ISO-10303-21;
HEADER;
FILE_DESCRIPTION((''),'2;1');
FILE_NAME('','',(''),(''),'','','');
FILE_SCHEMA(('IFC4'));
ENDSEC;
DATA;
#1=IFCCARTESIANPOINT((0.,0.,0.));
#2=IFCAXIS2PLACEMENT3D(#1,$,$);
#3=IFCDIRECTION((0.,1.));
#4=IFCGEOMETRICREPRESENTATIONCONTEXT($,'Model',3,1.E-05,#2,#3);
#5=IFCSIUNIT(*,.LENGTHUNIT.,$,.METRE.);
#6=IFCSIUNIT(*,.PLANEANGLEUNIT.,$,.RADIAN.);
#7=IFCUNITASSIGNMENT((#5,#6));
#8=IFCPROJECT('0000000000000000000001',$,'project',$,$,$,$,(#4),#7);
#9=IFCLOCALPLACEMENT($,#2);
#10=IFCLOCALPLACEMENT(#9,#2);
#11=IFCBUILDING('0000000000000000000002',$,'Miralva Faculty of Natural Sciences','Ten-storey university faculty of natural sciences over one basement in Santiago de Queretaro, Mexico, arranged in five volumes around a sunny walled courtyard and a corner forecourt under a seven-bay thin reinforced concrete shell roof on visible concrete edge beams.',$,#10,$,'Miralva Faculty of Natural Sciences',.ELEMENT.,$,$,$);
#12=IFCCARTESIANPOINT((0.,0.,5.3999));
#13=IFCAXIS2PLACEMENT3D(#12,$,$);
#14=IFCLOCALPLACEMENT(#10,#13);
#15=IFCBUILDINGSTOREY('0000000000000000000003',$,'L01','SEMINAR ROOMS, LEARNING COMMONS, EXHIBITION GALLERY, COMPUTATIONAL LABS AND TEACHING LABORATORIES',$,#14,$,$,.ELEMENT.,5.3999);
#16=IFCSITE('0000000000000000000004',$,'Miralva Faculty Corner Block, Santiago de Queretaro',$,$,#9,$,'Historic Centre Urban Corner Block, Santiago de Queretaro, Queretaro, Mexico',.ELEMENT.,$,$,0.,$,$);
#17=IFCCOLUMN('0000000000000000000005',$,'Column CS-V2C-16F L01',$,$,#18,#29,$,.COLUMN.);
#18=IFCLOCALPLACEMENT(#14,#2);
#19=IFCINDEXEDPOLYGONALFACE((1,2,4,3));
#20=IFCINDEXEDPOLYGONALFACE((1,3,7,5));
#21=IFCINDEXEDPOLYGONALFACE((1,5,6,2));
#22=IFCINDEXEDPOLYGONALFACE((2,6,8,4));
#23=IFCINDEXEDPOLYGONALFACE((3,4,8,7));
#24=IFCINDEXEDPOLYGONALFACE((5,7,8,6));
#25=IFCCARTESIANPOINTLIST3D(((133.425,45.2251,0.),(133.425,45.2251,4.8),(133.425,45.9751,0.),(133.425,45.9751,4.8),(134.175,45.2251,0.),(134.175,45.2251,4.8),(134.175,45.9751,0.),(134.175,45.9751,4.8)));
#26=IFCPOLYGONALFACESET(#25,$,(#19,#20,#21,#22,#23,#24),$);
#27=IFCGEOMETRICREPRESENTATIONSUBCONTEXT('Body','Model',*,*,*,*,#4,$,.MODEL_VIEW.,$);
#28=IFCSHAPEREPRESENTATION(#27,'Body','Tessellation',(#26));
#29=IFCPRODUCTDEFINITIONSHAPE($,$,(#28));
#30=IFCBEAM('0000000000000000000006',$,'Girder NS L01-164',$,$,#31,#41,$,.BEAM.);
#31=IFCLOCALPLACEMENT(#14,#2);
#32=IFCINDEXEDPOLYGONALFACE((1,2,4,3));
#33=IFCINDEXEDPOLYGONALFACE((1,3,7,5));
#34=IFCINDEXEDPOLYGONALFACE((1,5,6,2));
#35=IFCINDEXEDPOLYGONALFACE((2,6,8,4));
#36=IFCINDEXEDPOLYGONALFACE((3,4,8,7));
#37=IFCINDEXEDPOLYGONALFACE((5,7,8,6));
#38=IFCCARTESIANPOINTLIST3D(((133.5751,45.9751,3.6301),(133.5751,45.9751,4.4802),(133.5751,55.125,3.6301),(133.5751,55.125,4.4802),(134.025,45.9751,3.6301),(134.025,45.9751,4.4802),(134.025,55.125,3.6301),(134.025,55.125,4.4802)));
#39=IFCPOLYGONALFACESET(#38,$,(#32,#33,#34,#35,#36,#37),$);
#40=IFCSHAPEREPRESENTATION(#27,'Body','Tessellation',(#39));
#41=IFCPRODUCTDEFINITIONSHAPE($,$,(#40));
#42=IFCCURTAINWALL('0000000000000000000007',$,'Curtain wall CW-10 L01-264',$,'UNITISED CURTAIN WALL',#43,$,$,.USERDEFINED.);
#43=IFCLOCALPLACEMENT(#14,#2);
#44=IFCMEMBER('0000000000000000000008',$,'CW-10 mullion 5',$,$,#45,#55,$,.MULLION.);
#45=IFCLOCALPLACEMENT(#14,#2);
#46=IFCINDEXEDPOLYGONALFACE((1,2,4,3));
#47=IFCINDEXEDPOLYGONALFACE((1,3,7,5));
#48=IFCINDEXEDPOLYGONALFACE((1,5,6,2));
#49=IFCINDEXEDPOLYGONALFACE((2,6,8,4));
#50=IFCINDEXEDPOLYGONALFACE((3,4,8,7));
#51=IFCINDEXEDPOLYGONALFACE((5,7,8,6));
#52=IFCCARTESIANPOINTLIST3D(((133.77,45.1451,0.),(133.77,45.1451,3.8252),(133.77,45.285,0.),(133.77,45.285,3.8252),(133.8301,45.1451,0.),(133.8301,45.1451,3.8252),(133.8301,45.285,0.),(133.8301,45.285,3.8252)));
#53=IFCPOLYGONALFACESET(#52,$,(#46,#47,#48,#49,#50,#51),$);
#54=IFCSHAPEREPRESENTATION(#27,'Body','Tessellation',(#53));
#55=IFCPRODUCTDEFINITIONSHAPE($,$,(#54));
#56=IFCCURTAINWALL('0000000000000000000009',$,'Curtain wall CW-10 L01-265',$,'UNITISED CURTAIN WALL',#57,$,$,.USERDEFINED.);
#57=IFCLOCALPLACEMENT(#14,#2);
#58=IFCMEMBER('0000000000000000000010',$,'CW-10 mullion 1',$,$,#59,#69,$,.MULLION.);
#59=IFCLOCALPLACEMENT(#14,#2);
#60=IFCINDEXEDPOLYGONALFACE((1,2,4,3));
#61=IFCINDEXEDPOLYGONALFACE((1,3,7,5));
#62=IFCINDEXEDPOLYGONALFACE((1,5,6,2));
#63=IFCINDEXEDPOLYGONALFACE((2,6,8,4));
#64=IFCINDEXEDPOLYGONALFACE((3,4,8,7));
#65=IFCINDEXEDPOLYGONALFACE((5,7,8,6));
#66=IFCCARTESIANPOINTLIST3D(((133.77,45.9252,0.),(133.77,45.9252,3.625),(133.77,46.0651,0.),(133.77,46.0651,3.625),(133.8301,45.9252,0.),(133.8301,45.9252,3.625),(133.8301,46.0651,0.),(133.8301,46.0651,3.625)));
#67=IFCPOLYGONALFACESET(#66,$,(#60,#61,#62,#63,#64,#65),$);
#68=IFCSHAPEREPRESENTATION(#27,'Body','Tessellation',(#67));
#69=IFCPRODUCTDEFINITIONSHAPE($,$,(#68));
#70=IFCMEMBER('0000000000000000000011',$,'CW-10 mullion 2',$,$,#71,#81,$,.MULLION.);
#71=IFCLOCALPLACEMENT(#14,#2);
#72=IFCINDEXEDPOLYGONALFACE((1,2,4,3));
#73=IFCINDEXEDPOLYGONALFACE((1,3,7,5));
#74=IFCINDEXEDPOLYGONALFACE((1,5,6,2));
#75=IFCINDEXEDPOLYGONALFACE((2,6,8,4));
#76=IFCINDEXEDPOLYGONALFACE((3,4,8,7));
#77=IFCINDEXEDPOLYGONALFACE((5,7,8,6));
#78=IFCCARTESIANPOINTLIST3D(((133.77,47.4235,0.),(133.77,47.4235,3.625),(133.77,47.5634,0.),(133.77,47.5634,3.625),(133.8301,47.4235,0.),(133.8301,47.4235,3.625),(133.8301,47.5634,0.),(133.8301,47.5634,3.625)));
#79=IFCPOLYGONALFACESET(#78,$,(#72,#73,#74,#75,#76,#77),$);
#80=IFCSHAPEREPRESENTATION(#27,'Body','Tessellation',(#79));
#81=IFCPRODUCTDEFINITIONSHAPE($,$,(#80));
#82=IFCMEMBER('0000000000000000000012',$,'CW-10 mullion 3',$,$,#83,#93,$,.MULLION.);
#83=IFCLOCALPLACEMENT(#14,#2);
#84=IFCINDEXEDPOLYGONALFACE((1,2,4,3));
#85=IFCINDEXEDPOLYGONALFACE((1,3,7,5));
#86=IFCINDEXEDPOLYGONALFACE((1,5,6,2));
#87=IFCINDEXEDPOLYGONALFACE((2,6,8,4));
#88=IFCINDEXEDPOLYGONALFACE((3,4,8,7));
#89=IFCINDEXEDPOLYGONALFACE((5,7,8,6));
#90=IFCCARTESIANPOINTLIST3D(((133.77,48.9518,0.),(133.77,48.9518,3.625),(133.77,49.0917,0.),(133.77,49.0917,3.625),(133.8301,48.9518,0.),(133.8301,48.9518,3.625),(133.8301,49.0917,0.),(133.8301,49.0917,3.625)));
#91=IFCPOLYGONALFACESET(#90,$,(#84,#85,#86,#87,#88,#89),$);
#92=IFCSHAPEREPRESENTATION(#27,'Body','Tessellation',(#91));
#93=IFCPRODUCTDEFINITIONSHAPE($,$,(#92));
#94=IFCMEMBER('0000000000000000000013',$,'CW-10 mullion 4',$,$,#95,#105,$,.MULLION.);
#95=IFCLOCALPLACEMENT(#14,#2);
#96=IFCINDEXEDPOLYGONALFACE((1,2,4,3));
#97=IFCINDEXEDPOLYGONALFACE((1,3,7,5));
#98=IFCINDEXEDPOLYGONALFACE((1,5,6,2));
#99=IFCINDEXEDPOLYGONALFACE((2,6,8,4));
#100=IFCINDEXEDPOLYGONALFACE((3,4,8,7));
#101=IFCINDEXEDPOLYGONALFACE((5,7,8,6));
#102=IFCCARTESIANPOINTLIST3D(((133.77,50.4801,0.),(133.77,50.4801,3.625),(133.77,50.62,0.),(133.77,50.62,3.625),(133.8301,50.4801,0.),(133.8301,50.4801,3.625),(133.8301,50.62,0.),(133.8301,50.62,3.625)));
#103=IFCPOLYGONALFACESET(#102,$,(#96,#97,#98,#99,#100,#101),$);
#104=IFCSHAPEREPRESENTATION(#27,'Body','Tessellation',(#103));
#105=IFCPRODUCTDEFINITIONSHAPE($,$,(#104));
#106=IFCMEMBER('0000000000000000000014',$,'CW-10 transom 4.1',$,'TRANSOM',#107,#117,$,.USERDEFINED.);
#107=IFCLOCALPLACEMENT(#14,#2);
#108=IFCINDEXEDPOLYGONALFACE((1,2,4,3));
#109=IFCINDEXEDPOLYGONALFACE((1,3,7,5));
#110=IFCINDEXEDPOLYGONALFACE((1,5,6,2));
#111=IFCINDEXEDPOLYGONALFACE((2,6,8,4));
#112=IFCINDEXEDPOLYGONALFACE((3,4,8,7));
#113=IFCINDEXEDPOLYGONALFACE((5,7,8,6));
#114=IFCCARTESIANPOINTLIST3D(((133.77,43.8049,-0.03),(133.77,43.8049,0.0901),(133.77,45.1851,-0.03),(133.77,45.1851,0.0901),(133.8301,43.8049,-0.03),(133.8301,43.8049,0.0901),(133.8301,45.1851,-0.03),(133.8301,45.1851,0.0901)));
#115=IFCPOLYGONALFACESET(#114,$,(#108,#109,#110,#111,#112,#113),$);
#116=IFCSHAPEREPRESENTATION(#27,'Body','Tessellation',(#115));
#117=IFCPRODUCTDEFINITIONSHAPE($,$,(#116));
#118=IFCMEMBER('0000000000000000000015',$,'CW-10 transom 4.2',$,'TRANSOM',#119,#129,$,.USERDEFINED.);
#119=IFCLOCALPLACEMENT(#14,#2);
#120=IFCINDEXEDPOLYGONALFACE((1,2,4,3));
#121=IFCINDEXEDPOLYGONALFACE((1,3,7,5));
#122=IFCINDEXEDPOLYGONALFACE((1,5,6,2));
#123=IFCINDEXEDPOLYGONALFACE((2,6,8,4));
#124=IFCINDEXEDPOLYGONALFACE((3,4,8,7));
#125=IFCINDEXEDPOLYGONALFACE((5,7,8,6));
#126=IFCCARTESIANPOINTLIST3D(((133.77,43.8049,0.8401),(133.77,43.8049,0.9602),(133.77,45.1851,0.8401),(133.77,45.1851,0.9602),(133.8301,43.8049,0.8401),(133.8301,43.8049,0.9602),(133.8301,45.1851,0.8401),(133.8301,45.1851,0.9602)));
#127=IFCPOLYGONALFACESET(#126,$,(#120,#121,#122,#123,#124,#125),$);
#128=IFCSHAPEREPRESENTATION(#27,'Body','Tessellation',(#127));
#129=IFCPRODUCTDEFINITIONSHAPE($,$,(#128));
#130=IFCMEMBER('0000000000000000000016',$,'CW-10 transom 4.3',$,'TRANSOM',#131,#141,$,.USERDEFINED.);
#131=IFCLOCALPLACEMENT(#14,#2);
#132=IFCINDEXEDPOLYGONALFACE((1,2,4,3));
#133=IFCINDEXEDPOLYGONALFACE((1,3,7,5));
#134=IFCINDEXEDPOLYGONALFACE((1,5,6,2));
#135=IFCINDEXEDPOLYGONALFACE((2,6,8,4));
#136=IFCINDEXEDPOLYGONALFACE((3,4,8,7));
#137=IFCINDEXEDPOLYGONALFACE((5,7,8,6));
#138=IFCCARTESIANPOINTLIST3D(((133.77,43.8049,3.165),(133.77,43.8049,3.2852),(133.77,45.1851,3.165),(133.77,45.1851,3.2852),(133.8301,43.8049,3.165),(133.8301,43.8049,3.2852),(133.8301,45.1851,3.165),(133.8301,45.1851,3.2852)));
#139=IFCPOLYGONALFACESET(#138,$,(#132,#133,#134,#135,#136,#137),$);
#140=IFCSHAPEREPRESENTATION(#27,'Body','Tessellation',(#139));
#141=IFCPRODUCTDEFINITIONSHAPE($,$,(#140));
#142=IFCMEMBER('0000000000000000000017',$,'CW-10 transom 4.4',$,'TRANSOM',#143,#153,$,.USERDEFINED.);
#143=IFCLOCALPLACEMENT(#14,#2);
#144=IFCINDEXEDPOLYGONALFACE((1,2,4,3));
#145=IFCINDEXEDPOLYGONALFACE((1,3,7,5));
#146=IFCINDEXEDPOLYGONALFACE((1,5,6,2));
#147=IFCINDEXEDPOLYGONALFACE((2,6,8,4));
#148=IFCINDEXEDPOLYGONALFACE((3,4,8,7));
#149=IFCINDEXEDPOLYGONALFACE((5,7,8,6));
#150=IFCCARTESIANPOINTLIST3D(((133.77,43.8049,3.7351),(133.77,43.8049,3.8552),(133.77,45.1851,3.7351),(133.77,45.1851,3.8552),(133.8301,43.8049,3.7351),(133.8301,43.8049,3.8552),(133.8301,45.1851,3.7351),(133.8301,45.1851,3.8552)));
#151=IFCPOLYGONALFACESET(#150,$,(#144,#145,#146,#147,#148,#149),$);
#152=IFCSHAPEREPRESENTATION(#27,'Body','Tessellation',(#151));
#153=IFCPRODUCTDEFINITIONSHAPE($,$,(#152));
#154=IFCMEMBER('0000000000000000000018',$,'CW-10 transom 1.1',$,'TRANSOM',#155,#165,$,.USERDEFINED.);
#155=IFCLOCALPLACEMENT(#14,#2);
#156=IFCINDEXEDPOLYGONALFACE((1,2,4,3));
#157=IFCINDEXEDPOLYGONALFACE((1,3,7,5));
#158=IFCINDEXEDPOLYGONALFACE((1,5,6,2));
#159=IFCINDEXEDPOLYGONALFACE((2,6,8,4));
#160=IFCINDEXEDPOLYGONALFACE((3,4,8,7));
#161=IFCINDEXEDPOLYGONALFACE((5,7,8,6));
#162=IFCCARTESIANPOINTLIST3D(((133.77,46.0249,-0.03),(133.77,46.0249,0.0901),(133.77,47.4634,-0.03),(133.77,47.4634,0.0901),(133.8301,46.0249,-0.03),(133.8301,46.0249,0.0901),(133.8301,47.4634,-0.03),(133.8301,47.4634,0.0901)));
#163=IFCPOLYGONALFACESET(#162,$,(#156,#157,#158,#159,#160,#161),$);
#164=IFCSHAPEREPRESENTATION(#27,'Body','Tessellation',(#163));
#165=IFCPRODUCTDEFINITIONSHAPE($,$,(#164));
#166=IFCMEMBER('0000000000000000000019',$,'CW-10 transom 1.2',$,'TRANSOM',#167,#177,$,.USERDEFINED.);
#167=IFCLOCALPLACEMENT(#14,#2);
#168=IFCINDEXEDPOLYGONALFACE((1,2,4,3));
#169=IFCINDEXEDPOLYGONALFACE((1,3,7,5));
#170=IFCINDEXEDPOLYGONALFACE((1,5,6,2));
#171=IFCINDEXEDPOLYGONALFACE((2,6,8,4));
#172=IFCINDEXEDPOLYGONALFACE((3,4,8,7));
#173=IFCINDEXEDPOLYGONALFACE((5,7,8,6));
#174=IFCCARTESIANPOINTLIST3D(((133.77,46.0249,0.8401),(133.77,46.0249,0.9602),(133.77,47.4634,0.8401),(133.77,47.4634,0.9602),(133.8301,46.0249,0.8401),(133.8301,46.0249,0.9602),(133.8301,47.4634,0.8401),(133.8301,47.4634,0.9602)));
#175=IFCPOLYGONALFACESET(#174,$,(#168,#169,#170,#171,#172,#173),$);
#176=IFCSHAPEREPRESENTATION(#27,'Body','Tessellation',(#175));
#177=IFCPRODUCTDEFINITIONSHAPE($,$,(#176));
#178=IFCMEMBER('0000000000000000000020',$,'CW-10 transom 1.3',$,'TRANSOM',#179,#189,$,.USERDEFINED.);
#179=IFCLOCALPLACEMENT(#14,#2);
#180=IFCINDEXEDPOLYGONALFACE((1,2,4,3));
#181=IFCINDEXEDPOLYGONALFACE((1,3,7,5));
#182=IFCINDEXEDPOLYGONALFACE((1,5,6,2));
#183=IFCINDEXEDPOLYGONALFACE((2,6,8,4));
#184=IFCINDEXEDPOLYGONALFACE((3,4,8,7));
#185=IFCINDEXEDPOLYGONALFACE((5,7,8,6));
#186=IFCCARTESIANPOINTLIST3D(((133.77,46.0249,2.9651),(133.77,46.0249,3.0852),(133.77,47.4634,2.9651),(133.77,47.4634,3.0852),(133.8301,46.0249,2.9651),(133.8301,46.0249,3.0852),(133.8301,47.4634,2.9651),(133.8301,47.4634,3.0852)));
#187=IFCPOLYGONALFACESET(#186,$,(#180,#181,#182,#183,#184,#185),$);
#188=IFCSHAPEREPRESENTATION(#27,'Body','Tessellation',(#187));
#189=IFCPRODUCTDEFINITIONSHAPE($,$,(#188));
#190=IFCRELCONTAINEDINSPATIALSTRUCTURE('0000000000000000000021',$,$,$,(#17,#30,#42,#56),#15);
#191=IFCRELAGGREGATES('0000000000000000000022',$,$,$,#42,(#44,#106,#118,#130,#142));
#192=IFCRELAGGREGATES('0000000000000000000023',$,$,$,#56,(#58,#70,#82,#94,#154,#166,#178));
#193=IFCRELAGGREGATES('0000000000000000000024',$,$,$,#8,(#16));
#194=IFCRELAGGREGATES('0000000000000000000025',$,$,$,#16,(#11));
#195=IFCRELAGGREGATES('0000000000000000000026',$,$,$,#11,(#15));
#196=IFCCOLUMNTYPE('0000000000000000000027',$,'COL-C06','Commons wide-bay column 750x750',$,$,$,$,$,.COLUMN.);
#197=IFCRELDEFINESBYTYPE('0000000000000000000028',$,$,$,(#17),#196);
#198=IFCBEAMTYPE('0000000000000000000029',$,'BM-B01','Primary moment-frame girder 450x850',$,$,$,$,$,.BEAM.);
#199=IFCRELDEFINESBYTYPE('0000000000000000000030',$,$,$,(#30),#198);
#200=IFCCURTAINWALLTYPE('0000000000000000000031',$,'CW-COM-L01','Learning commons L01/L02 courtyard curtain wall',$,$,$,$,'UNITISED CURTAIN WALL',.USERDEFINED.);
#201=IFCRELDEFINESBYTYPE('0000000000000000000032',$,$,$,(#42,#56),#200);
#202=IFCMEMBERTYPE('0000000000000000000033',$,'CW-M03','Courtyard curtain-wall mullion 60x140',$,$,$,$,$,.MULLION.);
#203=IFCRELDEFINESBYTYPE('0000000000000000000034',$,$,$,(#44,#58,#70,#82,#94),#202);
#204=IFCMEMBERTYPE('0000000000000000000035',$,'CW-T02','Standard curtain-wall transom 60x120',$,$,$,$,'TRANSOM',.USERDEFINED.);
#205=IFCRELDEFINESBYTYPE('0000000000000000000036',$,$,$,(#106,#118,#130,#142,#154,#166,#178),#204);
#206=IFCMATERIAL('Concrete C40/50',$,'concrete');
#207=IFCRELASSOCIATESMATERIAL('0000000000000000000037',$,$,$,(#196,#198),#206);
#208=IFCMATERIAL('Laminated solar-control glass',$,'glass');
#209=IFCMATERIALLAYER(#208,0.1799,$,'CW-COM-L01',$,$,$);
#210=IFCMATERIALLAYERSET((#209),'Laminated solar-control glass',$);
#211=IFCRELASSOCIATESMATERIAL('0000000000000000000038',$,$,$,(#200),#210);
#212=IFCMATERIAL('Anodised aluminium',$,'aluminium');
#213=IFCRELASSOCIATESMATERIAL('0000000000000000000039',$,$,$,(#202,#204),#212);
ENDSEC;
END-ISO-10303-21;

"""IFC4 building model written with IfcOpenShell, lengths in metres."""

from ifc_helpers import new_model, si_unit, direction, frame, origin, origin_2d, place, context, subcontext, project, spatial, rectangle, extrude, material, layer, layer_set, material_profile, profile_set, type_object, element, aggregate, save


model = new_model("IFC4")

# Units and contexts
model_context = context("Model", 3, precision=1e-05, world=origin(), true_north=direction((0.0, 1.0)))
body_context = subcontext(model_context, "Body", "Model", "MODEL_VIEW")
ifc_project = project(units=[si_unit("LENGTHUNIT", "METRE"), si_unit("PLANEANGLEUNIT", "RADIAN")], contexts=[model_context])

# Site, building, storey
site_placement = place(None, origin())
site = spatial("IfcSite", under=ifc_project, at=site_placement, Name="Miralva Faculty Corner Block, Santiago de Queretaro", LongName="Historic Centre Urban Corner Block, Santiago de Queretaro, Queretaro, Mexico", CompositionType="ELEMENT", RefElevation=0.0)
building_placement = place(site_placement, origin())
building = spatial("IfcBuilding", under=site, at=building_placement, Name="Miralva Faculty of Natural Sciences", Description="Ten-storey university faculty of natural sciences over one basement in Santiago de Queretaro, Mexico, arranged in five volumes around a sunny walled courtyard and a corner forecourt under a seven-bay thin reinforced concrete shell roof on visible concrete edge beams.", LongName="Miralva Faculty of Natural Sciences", CompositionType="ELEMENT")
storey_placement = place(building_placement, frame((0.0, 0.0, 5.3999)))
storey = spatial("IfcBuildingStorey", under=building, at=storey_placement, Name="L01", Description="SEMINAR ROOMS, LEARNING COMMONS, EXHIBITION GALLERY, COMPUTATIONAL LABS AND TEACHING LABORATORIES", CompositionType="ELEMENT", Elevation=5.3999)

# Column
ifc_material_1 = material(Name="Concrete C40/50", Category="concrete")
ifc_material_profile_1 = material_profile(ifc_material_1, rectangle(XDim=0.75, YDim=0.75, at=origin_2d()), Name="RC 750x750")
ifc_profile_set_1 = profile_set([ifc_material_profile_1], Name="Concrete C40/50")
column_type = type_object("IfcColumnType", Name="COL-C06", Description="Commons wide-bay column 750x750", PredefinedType="COLUMN", material=ifc_profile_set_1)
column_placement = place(storey_placement, frame((133.8, 45.6001, 0.0), z_axis=(0.0, 0.0, 1.0), x_axis=(1.0, 0.0, 0.0)))
element("IfcColumn", 1, at=column_placement, inside=storey, type_object=column_type, Name="Column CS-V2C-16F L01", PredefinedType="COLUMN", context=body_context, shape_type="SweptSolid", body=[
    extrude(rectangle(XDim=0.75, YDim=0.75, at=origin_2d()), origin(), (0.0, 0.0, 1.0), 4.8),
])

# Beam
ifc_material_profile_2 = material_profile(ifc_material_1, rectangle(XDim=0.45, YDim=0.8501, at=origin_2d()), Name="RC 450x850")
ifc_profile_set_2 = profile_set([ifc_material_profile_2], Name="Concrete C40/50")
beam_type = type_object("IfcBeamType", Name="BM-B01", Description="Primary moment-frame girder 450x850", PredefinedType="BEAM", material=ifc_profile_set_2)
beam_placement = place(storey_placement, frame((133.8, 45.9751, 4.0552), z_axis=(0.0, 1.0, 0.0), x_axis=(-1.0, 0.0, 0.0)))
element("IfcBeam", 2, at=beam_placement, inside=storey, type_object=beam_type, Name="Girder NS L01-164", PredefinedType="BEAM", context=body_context, shape_type="SweptSolid", body=[
    extrude(rectangle(XDim=0.45, YDim=0.8501, at=origin_2d()), origin(), (0.0, 0.0, 1.0), 9.1499),
])

# Curtain wall, member
ifc_material_2 = material(Name="Laminated solar-control glass", Category="glass")
ifc_layer_1 = layer(ifc_material_2, 0.1799, Name="CW-COM-L01")
ifc_layer_set_1 = layer_set([ifc_layer_1], Name="Laminated solar-control glass")
curtain_wall_type = type_object("IfcCurtainWallType", Name="CW-COM-L01", Description="Learning commons L01/L02 courtyard curtain wall", ElementType="UNITISED CURTAIN WALL", PredefinedType="USERDEFINED", material=ifc_layer_set_1)
curtain_wall_1_placement = place(storey_placement, origin())
curtain_wall_1 = element("IfcCurtainWall", 3, at=curtain_wall_1_placement, inside=storey, type_object=curtain_wall_type, Name="Curtain wall CW-10 L01-264", ObjectType="UNITISED CURTAIN WALL", PredefinedType="USERDEFINED")
ifc_material_3 = material(Name="Anodised aluminium", Category="aluminium")
ifc_material_profile_3 = material_profile(ifc_material_3, rectangle(XDim=0.0601, YDim=0.1399, at=origin_2d()), Name="MULLION 60x140")
ifc_profile_set_3 = profile_set([ifc_material_profile_3], Name="Anodised aluminium")
member_type_1 = type_object("IfcMemberType", Name="CW-M03", Description="Courtyard curtain-wall mullion 60x140", PredefinedType="MULLION", material=ifc_profile_set_3)
member_1_placement = place(storey_placement, frame((133.8, 45.2151, 0.0), z_axis=(0.0, 0.0, 1.0), x_axis=(-1.0, 0.0, 0.0)))
member_1 = element("IfcMember", 4, at=member_1_placement, type_object=member_type_1, Name="CW-10 mullion 5", PredefinedType="MULLION", context=body_context, shape_type="SweptSolid", body=[
    extrude(rectangle(XDim=0.0601, YDim=0.1399, at=origin_2d()), origin(), (0.0, 0.0, 1.0), 3.8252),
])

# Curtain wall, members
curtain_wall_2_placement = place(storey_placement, origin())
curtain_wall_2 = element("IfcCurtainWall", 5, at=curtain_wall_2_placement, inside=storey, type_object=curtain_wall_type, Name="Curtain wall CW-10 L01-265", ObjectType="UNITISED CURTAIN WALL", PredefinedType="USERDEFINED")
member_2_placement = place(storey_placement, frame((133.8, 45.9951, 0.0), z_axis=(0.0, 0.0, 1.0), x_axis=(-1.0, 0.0, 0.0)))
member_2 = element("IfcMember", 6, at=member_2_placement, type_object=member_type_1, Name="CW-10 mullion 1", PredefinedType="MULLION", context=body_context, shape_type="SweptSolid", body=[
    extrude(rectangle(XDim=0.0601, YDim=0.1399, at=origin_2d()), origin(), (0.0, 0.0, 1.0), 3.625),
])
member_3_placement = place(storey_placement, frame((133.8, 47.4934, 0.0), z_axis=(0.0, 0.0, 1.0), x_axis=(-1.0, 0.0, 0.0)))
member_3 = element("IfcMember", 7, at=member_3_placement, type_object=member_type_1, Name="CW-10 mullion 2", PredefinedType="MULLION", context=body_context, shape_type="SweptSolid", body=[
    extrude(rectangle(XDim=0.0601, YDim=0.1399, at=origin_2d()), origin(), (0.0, 0.0, 1.0), 3.625),
])
member_4_placement = place(storey_placement, frame((133.8, 49.0217, 0.0), z_axis=(0.0, 0.0, 1.0), x_axis=(-1.0, 0.0, 0.0)))
member_4 = element("IfcMember", 8, at=member_4_placement, type_object=member_type_1, Name="CW-10 mullion 3", PredefinedType="MULLION", context=body_context, shape_type="SweptSolid", body=[
    extrude(rectangle(XDim=0.0601, YDim=0.1399, at=origin_2d()), origin(), (0.0, 0.0, 1.0), 3.625),
])
member_5_placement = place(storey_placement, frame((133.8, 50.55, 0.0), z_axis=(0.0, 0.0, 1.0), x_axis=(-1.0, 0.0, 0.0)))
member_5 = element("IfcMember", 9, at=member_5_placement, type_object=member_type_1, Name="CW-10 mullion 4", PredefinedType="MULLION", context=body_context, shape_type="SweptSolid", body=[
    extrude(rectangle(XDim=0.0601, YDim=0.1399, at=origin_2d()), origin(), (0.0, 0.0, 1.0), 3.625),
])

# Members
ifc_material_profile_4 = material_profile(ifc_material_3, rectangle(XDim=0.0601, YDim=0.1201, at=origin_2d()), Name="TRANSOM 60x120")
ifc_profile_set_4 = profile_set([ifc_material_profile_4], Name="Anodised aluminium")
member_type_2 = type_object("IfcMemberType", Name="CW-T02", Description="Standard curtain-wall transom 60x120", ElementType="TRANSOM", PredefinedType="USERDEFINED", material=ifc_profile_set_4)
member_6_placement = place(storey_placement, frame((133.8, 43.8049, 0.03), z_axis=(0.0, 1.0, 0.0), x_axis=(-1.0, 0.0, 0.0)))
member_6 = element("IfcMember", 10, at=member_6_placement, type_object=member_type_2, Name="CW-10 transom 4.1", ObjectType="TRANSOM", PredefinedType="USERDEFINED", context=body_context, shape_type="SweptSolid", body=[
    extrude(rectangle(XDim=0.0601, YDim=0.1201, at=origin_2d()), origin(), (0.0, 0.0, 1.0), 1.3801),
])
member_7_placement = place(storey_placement, frame((133.8, 43.8049, 0.9001), z_axis=(0.0, 1.0, 0.0), x_axis=(-1.0, 0.0, 0.0)))
member_7 = element("IfcMember", 11, at=member_7_placement, type_object=member_type_2, Name="CW-10 transom 4.2", ObjectType="TRANSOM", PredefinedType="USERDEFINED", context=body_context, shape_type="SweptSolid", body=[
    extrude(rectangle(XDim=0.0601, YDim=0.1201, at=origin_2d()), origin(), (0.0, 0.0, 1.0), 1.3801),
])
member_8_placement = place(storey_placement, frame((133.8, 43.8049, 3.2251), z_axis=(0.0, 1.0, 0.0), x_axis=(-1.0, 0.0, 0.0)))
member_8 = element("IfcMember", 12, at=member_8_placement, type_object=member_type_2, Name="CW-10 transom 4.3", ObjectType="TRANSOM", PredefinedType="USERDEFINED", context=body_context, shape_type="SweptSolid", body=[
    extrude(rectangle(XDim=0.0601, YDim=0.1201, at=origin_2d()), origin(), (0.0, 0.0, 1.0), 1.3801),
])
member_9_placement = place(storey_placement, frame((133.8, 43.8049, 3.7952), z_axis=(0.0, 1.0, 0.0), x_axis=(-1.0, 0.0, 0.0)))
member_9 = element("IfcMember", 13, at=member_9_placement, type_object=member_type_2, Name="CW-10 transom 4.4", ObjectType="TRANSOM", PredefinedType="USERDEFINED", context=body_context, shape_type="SweptSolid", body=[
    extrude(rectangle(XDim=0.0601, YDim=0.1201, at=origin_2d()), origin(), (0.0, 0.0, 1.0), 1.3801),
])
member_10_placement = place(storey_placement, frame((133.8, 46.0249, 0.03), z_axis=(0.0, 1.0, 0.0), x_axis=(-1.0, 0.0, 0.0)))
member_10 = element("IfcMember", 14, at=member_10_placement, type_object=member_type_2, Name="CW-10 transom 1.1", ObjectType="TRANSOM", PredefinedType="USERDEFINED", context=body_context, shape_type="SweptSolid", body=[
    extrude(rectangle(XDim=0.0601, YDim=0.1201, at=origin_2d()), origin(), (0.0, 0.0, 1.0), 1.4385),
])
member_11_placement = place(storey_placement, frame((133.8, 46.0249, 0.9001), z_axis=(0.0, 1.0, 0.0), x_axis=(-1.0, 0.0, 0.0)))
member_11 = element("IfcMember", 15, at=member_11_placement, type_object=member_type_2, Name="CW-10 transom 1.2", ObjectType="TRANSOM", PredefinedType="USERDEFINED", context=body_context, shape_type="SweptSolid", body=[
    extrude(rectangle(XDim=0.0601, YDim=0.1201, at=origin_2d()), origin(), (0.0, 0.0, 1.0), 1.4385),
])
member_12_placement = place(storey_placement, frame((133.8, 46.0249, 3.0251), z_axis=(0.0, 1.0, 0.0), x_axis=(-1.0, 0.0, 0.0)))
member_12 = element("IfcMember", 16, at=member_12_placement, type_object=member_type_2, Name="CW-10 transom 1.3", ObjectType="TRANSOM", PredefinedType="USERDEFINED", context=body_context, shape_type="SweptSolid", body=[
    extrude(rectangle(XDim=0.0601, YDim=0.1201, at=origin_2d()), origin(), (0.0, 0.0, 1.0), 1.4385),
])

aggregate(curtain_wall_1, [member_1, member_6, member_7, member_8, member_9])
aggregate(curtain_wall_2, [member_2, member_3, member_4, member_5, member_10, member_11, member_12])

save(model, "model.ifc")
